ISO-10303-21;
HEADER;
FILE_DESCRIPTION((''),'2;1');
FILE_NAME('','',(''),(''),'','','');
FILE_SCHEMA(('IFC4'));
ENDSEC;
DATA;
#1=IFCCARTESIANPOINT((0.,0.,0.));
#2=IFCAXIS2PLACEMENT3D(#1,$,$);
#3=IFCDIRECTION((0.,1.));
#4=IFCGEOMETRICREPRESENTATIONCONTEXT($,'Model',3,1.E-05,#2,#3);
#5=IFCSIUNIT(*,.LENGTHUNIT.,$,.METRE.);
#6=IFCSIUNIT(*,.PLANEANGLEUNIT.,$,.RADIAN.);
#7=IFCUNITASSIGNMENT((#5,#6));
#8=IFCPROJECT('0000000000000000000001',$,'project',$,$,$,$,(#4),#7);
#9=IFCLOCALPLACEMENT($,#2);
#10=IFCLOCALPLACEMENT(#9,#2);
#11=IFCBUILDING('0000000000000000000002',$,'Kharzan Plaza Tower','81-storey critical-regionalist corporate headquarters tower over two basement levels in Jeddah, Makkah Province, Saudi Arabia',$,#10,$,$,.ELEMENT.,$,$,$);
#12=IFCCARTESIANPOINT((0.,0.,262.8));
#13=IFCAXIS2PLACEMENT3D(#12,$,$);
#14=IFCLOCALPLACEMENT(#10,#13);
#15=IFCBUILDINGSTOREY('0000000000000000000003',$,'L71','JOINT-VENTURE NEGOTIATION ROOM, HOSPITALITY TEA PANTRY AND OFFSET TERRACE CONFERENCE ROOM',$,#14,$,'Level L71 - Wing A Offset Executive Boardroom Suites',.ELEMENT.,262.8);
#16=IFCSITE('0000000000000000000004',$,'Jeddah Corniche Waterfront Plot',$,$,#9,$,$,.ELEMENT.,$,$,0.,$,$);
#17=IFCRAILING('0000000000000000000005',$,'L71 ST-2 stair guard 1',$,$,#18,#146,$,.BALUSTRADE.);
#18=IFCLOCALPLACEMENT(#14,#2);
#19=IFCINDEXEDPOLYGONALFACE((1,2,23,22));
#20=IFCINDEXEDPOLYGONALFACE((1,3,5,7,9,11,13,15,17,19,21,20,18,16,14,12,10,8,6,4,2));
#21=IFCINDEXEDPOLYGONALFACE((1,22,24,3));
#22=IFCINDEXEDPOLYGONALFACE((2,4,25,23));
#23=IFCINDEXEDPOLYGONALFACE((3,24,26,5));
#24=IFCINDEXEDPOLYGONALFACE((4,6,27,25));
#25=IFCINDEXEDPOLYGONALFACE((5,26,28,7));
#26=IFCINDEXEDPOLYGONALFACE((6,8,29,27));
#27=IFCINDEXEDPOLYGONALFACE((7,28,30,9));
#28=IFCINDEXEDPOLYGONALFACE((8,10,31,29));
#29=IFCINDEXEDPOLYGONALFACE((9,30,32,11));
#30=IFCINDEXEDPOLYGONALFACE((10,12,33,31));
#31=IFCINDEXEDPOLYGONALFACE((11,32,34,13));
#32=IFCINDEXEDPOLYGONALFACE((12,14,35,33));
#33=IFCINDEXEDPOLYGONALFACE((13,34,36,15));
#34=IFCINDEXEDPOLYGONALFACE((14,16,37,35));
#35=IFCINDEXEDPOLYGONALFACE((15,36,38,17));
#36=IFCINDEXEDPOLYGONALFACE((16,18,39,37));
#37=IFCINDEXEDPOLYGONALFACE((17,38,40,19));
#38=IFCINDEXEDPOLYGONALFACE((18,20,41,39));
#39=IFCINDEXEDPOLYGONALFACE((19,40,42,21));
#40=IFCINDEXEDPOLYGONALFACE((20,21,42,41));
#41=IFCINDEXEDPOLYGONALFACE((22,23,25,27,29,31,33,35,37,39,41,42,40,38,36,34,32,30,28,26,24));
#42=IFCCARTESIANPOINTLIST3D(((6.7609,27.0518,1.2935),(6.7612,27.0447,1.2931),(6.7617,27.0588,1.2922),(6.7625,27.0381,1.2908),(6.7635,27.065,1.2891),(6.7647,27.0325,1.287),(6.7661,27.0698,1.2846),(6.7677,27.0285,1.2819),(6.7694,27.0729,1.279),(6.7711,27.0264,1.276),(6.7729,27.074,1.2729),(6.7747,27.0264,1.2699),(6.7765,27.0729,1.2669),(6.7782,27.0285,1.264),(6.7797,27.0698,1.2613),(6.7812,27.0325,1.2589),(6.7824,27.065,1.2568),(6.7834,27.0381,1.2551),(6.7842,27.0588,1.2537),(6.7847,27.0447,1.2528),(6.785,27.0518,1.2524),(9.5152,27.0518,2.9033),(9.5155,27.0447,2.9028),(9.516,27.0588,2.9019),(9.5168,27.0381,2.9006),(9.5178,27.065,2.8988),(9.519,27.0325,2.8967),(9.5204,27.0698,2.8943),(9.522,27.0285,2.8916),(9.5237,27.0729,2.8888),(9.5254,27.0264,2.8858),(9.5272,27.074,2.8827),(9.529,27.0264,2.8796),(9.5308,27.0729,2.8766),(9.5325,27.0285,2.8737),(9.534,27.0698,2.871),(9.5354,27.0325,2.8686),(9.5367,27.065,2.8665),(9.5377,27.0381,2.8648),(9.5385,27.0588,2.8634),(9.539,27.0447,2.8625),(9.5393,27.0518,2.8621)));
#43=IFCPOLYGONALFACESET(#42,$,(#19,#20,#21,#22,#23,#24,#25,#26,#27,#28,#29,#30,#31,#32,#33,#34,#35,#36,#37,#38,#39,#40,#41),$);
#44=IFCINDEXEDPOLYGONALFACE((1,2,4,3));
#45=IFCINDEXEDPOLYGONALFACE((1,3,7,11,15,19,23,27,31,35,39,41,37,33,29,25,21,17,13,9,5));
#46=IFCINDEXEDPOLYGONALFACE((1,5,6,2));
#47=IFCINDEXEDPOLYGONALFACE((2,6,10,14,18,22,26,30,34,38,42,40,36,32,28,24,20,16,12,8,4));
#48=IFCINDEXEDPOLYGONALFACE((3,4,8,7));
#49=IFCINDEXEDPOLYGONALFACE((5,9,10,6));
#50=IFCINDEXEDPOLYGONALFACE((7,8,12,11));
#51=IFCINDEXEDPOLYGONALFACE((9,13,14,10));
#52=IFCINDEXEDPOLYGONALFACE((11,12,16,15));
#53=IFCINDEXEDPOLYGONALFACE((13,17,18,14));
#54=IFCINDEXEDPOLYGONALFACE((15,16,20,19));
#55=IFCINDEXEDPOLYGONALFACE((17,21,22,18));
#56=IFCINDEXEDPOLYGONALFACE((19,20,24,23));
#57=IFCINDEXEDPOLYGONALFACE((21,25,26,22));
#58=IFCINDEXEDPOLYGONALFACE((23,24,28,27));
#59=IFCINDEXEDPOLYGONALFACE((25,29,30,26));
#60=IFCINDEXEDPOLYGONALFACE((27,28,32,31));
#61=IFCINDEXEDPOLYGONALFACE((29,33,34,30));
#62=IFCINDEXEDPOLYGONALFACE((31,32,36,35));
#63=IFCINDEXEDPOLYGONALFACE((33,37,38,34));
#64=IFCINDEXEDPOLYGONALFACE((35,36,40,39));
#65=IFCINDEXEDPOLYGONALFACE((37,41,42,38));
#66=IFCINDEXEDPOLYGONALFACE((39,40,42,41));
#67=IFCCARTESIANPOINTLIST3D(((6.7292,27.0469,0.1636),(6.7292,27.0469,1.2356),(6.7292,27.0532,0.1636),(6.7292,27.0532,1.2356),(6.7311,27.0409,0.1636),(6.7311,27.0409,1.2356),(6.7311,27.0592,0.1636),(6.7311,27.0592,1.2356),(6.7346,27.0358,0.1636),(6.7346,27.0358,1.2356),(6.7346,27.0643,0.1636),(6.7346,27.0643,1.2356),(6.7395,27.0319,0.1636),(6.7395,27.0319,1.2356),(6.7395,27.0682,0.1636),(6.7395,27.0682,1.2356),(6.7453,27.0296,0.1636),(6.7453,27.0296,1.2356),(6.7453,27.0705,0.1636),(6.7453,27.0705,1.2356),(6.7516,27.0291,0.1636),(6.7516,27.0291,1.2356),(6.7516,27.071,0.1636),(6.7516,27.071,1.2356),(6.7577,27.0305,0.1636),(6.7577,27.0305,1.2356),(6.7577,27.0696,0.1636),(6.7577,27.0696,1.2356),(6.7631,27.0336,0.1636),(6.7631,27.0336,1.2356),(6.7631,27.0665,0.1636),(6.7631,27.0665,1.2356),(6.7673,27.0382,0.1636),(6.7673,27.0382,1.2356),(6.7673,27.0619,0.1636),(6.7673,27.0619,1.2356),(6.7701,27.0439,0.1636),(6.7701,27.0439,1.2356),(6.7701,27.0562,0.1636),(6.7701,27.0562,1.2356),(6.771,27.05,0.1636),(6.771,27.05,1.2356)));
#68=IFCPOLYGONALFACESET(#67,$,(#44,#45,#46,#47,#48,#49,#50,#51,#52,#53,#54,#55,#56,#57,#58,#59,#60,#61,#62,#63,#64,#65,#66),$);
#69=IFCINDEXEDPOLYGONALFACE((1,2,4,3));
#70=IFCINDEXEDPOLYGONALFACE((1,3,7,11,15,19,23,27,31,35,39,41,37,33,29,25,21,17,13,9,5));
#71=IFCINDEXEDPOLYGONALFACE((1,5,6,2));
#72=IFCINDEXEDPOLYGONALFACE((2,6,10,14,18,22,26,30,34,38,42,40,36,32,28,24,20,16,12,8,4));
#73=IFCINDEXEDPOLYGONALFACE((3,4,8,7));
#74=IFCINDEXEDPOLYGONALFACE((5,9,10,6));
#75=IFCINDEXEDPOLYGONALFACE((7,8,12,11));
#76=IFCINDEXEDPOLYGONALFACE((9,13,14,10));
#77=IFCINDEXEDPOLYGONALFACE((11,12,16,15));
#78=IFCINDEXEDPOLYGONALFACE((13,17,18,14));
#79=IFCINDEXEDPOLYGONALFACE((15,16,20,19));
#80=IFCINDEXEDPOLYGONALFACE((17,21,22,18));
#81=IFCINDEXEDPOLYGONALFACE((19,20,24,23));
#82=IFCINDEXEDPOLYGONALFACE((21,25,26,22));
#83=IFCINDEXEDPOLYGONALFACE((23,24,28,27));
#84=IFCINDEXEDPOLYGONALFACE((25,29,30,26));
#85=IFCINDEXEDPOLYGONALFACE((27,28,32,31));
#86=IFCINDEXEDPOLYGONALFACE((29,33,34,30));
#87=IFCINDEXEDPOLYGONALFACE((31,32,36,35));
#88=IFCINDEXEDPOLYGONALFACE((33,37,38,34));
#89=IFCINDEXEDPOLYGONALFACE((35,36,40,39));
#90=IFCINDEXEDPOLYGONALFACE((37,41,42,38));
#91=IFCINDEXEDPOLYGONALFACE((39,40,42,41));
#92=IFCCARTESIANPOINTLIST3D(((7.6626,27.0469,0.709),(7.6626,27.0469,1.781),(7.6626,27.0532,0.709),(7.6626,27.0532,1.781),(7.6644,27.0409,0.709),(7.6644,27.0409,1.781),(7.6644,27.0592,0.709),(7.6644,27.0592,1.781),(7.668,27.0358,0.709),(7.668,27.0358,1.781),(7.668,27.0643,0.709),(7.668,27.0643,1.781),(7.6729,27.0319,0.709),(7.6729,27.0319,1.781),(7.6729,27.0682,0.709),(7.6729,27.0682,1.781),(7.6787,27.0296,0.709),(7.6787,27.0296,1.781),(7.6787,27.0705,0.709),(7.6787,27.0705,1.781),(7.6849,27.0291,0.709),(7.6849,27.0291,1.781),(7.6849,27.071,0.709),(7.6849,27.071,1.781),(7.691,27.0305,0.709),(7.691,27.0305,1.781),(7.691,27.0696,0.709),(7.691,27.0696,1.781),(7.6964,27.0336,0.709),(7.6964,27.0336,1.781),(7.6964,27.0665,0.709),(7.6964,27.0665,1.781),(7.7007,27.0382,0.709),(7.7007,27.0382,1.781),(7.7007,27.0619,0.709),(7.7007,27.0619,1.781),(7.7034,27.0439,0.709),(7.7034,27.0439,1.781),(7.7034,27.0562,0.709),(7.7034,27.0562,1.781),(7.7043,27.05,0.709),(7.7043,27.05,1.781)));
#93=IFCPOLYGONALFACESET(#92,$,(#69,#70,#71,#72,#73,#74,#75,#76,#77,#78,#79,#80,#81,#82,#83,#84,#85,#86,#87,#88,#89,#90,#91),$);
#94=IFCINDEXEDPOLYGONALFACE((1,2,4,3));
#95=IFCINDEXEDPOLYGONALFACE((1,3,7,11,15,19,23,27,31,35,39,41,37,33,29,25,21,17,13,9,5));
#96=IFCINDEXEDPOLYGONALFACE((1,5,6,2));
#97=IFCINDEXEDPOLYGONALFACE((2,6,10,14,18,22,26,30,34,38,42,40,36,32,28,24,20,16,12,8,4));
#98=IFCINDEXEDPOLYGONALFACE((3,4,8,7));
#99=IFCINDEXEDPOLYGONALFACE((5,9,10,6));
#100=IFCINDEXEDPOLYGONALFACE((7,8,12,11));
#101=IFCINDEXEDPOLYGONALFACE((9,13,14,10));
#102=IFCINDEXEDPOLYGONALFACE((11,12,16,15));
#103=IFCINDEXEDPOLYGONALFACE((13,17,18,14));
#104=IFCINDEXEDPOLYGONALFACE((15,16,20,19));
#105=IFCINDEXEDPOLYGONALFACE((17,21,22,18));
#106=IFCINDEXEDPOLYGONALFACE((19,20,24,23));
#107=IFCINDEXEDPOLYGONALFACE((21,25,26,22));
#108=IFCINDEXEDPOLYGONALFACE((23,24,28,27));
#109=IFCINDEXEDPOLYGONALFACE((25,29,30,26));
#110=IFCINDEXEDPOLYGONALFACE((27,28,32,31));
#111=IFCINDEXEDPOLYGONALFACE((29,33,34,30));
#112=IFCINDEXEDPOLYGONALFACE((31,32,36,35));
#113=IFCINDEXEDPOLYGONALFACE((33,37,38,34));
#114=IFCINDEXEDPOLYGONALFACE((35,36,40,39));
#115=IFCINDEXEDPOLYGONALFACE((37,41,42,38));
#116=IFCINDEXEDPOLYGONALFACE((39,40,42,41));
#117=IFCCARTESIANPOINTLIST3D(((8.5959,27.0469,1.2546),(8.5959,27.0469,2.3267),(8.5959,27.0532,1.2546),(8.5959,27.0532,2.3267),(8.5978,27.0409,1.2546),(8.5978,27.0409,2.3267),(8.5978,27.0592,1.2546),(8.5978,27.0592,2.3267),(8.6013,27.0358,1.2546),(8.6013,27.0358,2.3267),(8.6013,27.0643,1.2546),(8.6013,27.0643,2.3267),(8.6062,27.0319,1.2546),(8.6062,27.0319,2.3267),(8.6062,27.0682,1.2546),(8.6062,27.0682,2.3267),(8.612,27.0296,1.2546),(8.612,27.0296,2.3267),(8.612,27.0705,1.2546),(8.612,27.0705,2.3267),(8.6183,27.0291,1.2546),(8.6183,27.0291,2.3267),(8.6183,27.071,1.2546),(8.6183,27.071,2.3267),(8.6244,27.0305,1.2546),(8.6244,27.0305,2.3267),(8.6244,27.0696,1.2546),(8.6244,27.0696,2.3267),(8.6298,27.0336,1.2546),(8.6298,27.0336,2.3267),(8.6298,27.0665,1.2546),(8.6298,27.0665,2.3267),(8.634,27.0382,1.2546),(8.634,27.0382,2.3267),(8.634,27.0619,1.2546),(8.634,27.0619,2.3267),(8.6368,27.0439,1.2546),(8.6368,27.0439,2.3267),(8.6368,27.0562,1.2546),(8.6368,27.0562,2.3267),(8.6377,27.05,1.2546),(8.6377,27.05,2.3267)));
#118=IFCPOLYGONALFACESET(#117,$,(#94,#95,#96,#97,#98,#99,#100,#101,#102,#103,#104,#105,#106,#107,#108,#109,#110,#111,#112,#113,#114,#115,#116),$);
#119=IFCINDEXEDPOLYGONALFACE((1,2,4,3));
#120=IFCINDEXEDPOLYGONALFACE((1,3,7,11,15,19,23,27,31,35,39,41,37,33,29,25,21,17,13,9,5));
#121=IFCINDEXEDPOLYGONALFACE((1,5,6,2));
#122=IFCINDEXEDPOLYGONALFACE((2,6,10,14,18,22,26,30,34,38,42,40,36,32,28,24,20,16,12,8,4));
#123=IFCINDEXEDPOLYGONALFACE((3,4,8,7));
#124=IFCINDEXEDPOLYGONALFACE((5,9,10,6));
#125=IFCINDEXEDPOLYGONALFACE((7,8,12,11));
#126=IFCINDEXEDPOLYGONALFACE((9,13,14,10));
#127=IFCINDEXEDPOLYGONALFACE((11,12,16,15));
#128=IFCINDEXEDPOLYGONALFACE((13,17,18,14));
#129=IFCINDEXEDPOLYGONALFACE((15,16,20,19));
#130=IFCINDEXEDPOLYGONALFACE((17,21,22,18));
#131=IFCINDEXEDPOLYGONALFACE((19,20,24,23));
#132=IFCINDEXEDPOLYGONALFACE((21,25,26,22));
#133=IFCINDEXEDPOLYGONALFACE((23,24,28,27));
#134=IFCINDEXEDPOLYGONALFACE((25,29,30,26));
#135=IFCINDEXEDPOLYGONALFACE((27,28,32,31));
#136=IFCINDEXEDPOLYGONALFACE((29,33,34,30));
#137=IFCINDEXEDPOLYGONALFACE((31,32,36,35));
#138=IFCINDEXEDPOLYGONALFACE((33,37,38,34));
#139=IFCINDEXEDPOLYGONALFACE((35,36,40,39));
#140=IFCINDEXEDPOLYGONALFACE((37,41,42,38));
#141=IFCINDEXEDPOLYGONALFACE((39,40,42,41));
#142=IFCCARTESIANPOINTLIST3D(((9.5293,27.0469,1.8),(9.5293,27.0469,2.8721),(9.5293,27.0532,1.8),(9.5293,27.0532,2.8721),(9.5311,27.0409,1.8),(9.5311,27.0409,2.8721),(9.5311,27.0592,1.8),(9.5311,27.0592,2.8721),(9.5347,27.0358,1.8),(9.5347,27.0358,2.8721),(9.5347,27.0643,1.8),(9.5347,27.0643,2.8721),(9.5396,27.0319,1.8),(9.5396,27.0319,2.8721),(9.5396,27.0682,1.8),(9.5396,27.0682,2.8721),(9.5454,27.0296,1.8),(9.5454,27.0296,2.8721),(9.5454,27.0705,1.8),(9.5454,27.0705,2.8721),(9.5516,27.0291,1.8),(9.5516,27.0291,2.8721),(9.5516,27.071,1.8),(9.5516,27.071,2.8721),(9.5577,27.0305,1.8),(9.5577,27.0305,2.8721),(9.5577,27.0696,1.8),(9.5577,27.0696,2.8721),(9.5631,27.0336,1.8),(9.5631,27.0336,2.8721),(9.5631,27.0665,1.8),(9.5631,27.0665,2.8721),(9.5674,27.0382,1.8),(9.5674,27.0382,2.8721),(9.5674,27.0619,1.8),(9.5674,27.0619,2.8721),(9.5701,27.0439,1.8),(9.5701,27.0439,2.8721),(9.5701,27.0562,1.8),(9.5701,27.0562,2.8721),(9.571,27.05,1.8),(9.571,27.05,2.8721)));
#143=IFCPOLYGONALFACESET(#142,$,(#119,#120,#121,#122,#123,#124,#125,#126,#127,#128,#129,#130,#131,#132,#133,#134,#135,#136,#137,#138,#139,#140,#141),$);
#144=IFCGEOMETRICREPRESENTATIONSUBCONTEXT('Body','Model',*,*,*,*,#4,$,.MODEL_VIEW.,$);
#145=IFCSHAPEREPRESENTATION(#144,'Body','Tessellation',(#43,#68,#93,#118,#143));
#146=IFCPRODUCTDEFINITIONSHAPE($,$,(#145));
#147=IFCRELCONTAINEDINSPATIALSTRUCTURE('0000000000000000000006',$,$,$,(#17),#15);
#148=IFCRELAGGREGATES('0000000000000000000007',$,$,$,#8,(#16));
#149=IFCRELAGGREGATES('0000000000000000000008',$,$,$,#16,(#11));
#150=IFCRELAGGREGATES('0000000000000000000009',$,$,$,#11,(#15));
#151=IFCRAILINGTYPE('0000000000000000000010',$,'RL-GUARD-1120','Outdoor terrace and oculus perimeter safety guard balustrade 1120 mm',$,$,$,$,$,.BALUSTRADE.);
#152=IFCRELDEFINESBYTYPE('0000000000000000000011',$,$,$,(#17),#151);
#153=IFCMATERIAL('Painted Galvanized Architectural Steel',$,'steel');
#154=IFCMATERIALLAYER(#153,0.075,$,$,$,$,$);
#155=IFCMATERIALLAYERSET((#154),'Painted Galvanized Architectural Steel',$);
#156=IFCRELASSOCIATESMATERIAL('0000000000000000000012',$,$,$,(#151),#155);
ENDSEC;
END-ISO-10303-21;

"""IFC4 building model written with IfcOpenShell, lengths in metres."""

from ifc_helpers import new_model, si_unit, direction, frame, origin, origin_2d, place, context, subcontext, project, spatial, circle, extrude, source, transform, mapped, material, layer, layer_set, type_object, element, save


model = new_model("IFC4")

# Units and contexts
model_context = context("Model", 3, precision=1e-05, world=origin(), true_north=direction((0.0, 1.0)))
body_context = subcontext(model_context, "Body", "Model", "MODEL_VIEW")
ifc_project = project(units=[si_unit("LENGTHUNIT", "METRE"), si_unit("PLANEANGLEUNIT", "RADIAN")], contexts=[model_context])

# Site, building, storey
site_placement = place(None, origin())
site = spatial("IfcSite", under=ifc_project, at=site_placement, Name="Jeddah Corniche Waterfront Plot", CompositionType="ELEMENT", RefElevation=0.0)
building_placement = place(site_placement, origin())
building = spatial("IfcBuilding", under=site, at=building_placement, Name="Kharzan Plaza Tower", Description="81-storey critical-regionalist corporate headquarters tower over two basement levels in Jeddah, Makkah Province, Saudi Arabia", CompositionType="ELEMENT")
storey_placement = place(building_placement, frame((0.0, 0.0, 262.8)))
storey = spatial("IfcBuildingStorey", under=building, at=storey_placement, Name="L71", Description="JOINT-VENTURE NEGOTIATION ROOM, HOSPITALITY TEA PANTRY AND OFFSET TERRACE CONFERENCE ROOM", LongName="Level L71 - Wing A Offset Executive Boardroom Suites", CompositionType="ELEMENT", Elevation=262.8)

# Railing
ifc_material_1 = material(Name="Painted Galvanized Architectural Steel", Category="steel")
ifc_layer_1 = layer(ifc_material_1, 0.075)
ifc_layer_set_1 = layer_set([ifc_layer_1], Name="Painted Galvanized Architectural Steel")
railing_type_1 = type_object("IfcRailingType", Name="RL-GUARD-1120", Description="Outdoor terrace and oculus perimeter safety guard balustrade 1120 mm", PredefinedType="BALUSTRADE", material=ifc_layer_set_1)
shared_shape_1 = source(origin(), body_context, "Body", "SweptSolid", [
    extrude(circle(Radius=0.0239, at=origin_2d()), frame((0.0229, 0.0, 1.1094), z_axis=(0.863361, 0.0, 0.504587), x_axis=(0.0, 1.0, 0.0)), (0.0, 0.0, 1.0), 3.1902),
    extrude(circle(Radius=0.021, at=origin_2d()), origin(), (0.0, 0.0, 1.0), 1.072),
    extrude(circle(Radius=0.021, at=origin_2d()), frame((0.9333, 0.0, 0.5454)), (0.0, 0.0, 1.0), 1.072),
    extrude(circle(Radius=0.021, at=origin_2d()), frame((1.8667, 0.0, 1.0911)), (0.0, 0.0, 1.0), 1.072),
    extrude(circle(Radius=0.021, at=origin_2d()), frame((2.8, 0.0, 1.6365)), (0.0, 0.0, 1.0), 1.072),
])
railing_1_placement = place(storey_placement, frame((6.75, 27.05, 0.1636)))
element("IfcRailing", 1, at=railing_1_placement, inside=storey, type_object=railing_type_1, Name="L71 ST-2 stair guard 1", PredefinedType="BALUSTRADE", context=body_context, shape_type="MappedRepresentation", body=[
    mapped(shared_shape_1, transform((0.0, 0.0, 0.0), x_axis=(1.0, 0.0, 0.0), y_axis=(0.0, 1.0, 0.0), z_axis=(0.0, 0.0, 1.0))),
])

save(model, "model.ifc")
